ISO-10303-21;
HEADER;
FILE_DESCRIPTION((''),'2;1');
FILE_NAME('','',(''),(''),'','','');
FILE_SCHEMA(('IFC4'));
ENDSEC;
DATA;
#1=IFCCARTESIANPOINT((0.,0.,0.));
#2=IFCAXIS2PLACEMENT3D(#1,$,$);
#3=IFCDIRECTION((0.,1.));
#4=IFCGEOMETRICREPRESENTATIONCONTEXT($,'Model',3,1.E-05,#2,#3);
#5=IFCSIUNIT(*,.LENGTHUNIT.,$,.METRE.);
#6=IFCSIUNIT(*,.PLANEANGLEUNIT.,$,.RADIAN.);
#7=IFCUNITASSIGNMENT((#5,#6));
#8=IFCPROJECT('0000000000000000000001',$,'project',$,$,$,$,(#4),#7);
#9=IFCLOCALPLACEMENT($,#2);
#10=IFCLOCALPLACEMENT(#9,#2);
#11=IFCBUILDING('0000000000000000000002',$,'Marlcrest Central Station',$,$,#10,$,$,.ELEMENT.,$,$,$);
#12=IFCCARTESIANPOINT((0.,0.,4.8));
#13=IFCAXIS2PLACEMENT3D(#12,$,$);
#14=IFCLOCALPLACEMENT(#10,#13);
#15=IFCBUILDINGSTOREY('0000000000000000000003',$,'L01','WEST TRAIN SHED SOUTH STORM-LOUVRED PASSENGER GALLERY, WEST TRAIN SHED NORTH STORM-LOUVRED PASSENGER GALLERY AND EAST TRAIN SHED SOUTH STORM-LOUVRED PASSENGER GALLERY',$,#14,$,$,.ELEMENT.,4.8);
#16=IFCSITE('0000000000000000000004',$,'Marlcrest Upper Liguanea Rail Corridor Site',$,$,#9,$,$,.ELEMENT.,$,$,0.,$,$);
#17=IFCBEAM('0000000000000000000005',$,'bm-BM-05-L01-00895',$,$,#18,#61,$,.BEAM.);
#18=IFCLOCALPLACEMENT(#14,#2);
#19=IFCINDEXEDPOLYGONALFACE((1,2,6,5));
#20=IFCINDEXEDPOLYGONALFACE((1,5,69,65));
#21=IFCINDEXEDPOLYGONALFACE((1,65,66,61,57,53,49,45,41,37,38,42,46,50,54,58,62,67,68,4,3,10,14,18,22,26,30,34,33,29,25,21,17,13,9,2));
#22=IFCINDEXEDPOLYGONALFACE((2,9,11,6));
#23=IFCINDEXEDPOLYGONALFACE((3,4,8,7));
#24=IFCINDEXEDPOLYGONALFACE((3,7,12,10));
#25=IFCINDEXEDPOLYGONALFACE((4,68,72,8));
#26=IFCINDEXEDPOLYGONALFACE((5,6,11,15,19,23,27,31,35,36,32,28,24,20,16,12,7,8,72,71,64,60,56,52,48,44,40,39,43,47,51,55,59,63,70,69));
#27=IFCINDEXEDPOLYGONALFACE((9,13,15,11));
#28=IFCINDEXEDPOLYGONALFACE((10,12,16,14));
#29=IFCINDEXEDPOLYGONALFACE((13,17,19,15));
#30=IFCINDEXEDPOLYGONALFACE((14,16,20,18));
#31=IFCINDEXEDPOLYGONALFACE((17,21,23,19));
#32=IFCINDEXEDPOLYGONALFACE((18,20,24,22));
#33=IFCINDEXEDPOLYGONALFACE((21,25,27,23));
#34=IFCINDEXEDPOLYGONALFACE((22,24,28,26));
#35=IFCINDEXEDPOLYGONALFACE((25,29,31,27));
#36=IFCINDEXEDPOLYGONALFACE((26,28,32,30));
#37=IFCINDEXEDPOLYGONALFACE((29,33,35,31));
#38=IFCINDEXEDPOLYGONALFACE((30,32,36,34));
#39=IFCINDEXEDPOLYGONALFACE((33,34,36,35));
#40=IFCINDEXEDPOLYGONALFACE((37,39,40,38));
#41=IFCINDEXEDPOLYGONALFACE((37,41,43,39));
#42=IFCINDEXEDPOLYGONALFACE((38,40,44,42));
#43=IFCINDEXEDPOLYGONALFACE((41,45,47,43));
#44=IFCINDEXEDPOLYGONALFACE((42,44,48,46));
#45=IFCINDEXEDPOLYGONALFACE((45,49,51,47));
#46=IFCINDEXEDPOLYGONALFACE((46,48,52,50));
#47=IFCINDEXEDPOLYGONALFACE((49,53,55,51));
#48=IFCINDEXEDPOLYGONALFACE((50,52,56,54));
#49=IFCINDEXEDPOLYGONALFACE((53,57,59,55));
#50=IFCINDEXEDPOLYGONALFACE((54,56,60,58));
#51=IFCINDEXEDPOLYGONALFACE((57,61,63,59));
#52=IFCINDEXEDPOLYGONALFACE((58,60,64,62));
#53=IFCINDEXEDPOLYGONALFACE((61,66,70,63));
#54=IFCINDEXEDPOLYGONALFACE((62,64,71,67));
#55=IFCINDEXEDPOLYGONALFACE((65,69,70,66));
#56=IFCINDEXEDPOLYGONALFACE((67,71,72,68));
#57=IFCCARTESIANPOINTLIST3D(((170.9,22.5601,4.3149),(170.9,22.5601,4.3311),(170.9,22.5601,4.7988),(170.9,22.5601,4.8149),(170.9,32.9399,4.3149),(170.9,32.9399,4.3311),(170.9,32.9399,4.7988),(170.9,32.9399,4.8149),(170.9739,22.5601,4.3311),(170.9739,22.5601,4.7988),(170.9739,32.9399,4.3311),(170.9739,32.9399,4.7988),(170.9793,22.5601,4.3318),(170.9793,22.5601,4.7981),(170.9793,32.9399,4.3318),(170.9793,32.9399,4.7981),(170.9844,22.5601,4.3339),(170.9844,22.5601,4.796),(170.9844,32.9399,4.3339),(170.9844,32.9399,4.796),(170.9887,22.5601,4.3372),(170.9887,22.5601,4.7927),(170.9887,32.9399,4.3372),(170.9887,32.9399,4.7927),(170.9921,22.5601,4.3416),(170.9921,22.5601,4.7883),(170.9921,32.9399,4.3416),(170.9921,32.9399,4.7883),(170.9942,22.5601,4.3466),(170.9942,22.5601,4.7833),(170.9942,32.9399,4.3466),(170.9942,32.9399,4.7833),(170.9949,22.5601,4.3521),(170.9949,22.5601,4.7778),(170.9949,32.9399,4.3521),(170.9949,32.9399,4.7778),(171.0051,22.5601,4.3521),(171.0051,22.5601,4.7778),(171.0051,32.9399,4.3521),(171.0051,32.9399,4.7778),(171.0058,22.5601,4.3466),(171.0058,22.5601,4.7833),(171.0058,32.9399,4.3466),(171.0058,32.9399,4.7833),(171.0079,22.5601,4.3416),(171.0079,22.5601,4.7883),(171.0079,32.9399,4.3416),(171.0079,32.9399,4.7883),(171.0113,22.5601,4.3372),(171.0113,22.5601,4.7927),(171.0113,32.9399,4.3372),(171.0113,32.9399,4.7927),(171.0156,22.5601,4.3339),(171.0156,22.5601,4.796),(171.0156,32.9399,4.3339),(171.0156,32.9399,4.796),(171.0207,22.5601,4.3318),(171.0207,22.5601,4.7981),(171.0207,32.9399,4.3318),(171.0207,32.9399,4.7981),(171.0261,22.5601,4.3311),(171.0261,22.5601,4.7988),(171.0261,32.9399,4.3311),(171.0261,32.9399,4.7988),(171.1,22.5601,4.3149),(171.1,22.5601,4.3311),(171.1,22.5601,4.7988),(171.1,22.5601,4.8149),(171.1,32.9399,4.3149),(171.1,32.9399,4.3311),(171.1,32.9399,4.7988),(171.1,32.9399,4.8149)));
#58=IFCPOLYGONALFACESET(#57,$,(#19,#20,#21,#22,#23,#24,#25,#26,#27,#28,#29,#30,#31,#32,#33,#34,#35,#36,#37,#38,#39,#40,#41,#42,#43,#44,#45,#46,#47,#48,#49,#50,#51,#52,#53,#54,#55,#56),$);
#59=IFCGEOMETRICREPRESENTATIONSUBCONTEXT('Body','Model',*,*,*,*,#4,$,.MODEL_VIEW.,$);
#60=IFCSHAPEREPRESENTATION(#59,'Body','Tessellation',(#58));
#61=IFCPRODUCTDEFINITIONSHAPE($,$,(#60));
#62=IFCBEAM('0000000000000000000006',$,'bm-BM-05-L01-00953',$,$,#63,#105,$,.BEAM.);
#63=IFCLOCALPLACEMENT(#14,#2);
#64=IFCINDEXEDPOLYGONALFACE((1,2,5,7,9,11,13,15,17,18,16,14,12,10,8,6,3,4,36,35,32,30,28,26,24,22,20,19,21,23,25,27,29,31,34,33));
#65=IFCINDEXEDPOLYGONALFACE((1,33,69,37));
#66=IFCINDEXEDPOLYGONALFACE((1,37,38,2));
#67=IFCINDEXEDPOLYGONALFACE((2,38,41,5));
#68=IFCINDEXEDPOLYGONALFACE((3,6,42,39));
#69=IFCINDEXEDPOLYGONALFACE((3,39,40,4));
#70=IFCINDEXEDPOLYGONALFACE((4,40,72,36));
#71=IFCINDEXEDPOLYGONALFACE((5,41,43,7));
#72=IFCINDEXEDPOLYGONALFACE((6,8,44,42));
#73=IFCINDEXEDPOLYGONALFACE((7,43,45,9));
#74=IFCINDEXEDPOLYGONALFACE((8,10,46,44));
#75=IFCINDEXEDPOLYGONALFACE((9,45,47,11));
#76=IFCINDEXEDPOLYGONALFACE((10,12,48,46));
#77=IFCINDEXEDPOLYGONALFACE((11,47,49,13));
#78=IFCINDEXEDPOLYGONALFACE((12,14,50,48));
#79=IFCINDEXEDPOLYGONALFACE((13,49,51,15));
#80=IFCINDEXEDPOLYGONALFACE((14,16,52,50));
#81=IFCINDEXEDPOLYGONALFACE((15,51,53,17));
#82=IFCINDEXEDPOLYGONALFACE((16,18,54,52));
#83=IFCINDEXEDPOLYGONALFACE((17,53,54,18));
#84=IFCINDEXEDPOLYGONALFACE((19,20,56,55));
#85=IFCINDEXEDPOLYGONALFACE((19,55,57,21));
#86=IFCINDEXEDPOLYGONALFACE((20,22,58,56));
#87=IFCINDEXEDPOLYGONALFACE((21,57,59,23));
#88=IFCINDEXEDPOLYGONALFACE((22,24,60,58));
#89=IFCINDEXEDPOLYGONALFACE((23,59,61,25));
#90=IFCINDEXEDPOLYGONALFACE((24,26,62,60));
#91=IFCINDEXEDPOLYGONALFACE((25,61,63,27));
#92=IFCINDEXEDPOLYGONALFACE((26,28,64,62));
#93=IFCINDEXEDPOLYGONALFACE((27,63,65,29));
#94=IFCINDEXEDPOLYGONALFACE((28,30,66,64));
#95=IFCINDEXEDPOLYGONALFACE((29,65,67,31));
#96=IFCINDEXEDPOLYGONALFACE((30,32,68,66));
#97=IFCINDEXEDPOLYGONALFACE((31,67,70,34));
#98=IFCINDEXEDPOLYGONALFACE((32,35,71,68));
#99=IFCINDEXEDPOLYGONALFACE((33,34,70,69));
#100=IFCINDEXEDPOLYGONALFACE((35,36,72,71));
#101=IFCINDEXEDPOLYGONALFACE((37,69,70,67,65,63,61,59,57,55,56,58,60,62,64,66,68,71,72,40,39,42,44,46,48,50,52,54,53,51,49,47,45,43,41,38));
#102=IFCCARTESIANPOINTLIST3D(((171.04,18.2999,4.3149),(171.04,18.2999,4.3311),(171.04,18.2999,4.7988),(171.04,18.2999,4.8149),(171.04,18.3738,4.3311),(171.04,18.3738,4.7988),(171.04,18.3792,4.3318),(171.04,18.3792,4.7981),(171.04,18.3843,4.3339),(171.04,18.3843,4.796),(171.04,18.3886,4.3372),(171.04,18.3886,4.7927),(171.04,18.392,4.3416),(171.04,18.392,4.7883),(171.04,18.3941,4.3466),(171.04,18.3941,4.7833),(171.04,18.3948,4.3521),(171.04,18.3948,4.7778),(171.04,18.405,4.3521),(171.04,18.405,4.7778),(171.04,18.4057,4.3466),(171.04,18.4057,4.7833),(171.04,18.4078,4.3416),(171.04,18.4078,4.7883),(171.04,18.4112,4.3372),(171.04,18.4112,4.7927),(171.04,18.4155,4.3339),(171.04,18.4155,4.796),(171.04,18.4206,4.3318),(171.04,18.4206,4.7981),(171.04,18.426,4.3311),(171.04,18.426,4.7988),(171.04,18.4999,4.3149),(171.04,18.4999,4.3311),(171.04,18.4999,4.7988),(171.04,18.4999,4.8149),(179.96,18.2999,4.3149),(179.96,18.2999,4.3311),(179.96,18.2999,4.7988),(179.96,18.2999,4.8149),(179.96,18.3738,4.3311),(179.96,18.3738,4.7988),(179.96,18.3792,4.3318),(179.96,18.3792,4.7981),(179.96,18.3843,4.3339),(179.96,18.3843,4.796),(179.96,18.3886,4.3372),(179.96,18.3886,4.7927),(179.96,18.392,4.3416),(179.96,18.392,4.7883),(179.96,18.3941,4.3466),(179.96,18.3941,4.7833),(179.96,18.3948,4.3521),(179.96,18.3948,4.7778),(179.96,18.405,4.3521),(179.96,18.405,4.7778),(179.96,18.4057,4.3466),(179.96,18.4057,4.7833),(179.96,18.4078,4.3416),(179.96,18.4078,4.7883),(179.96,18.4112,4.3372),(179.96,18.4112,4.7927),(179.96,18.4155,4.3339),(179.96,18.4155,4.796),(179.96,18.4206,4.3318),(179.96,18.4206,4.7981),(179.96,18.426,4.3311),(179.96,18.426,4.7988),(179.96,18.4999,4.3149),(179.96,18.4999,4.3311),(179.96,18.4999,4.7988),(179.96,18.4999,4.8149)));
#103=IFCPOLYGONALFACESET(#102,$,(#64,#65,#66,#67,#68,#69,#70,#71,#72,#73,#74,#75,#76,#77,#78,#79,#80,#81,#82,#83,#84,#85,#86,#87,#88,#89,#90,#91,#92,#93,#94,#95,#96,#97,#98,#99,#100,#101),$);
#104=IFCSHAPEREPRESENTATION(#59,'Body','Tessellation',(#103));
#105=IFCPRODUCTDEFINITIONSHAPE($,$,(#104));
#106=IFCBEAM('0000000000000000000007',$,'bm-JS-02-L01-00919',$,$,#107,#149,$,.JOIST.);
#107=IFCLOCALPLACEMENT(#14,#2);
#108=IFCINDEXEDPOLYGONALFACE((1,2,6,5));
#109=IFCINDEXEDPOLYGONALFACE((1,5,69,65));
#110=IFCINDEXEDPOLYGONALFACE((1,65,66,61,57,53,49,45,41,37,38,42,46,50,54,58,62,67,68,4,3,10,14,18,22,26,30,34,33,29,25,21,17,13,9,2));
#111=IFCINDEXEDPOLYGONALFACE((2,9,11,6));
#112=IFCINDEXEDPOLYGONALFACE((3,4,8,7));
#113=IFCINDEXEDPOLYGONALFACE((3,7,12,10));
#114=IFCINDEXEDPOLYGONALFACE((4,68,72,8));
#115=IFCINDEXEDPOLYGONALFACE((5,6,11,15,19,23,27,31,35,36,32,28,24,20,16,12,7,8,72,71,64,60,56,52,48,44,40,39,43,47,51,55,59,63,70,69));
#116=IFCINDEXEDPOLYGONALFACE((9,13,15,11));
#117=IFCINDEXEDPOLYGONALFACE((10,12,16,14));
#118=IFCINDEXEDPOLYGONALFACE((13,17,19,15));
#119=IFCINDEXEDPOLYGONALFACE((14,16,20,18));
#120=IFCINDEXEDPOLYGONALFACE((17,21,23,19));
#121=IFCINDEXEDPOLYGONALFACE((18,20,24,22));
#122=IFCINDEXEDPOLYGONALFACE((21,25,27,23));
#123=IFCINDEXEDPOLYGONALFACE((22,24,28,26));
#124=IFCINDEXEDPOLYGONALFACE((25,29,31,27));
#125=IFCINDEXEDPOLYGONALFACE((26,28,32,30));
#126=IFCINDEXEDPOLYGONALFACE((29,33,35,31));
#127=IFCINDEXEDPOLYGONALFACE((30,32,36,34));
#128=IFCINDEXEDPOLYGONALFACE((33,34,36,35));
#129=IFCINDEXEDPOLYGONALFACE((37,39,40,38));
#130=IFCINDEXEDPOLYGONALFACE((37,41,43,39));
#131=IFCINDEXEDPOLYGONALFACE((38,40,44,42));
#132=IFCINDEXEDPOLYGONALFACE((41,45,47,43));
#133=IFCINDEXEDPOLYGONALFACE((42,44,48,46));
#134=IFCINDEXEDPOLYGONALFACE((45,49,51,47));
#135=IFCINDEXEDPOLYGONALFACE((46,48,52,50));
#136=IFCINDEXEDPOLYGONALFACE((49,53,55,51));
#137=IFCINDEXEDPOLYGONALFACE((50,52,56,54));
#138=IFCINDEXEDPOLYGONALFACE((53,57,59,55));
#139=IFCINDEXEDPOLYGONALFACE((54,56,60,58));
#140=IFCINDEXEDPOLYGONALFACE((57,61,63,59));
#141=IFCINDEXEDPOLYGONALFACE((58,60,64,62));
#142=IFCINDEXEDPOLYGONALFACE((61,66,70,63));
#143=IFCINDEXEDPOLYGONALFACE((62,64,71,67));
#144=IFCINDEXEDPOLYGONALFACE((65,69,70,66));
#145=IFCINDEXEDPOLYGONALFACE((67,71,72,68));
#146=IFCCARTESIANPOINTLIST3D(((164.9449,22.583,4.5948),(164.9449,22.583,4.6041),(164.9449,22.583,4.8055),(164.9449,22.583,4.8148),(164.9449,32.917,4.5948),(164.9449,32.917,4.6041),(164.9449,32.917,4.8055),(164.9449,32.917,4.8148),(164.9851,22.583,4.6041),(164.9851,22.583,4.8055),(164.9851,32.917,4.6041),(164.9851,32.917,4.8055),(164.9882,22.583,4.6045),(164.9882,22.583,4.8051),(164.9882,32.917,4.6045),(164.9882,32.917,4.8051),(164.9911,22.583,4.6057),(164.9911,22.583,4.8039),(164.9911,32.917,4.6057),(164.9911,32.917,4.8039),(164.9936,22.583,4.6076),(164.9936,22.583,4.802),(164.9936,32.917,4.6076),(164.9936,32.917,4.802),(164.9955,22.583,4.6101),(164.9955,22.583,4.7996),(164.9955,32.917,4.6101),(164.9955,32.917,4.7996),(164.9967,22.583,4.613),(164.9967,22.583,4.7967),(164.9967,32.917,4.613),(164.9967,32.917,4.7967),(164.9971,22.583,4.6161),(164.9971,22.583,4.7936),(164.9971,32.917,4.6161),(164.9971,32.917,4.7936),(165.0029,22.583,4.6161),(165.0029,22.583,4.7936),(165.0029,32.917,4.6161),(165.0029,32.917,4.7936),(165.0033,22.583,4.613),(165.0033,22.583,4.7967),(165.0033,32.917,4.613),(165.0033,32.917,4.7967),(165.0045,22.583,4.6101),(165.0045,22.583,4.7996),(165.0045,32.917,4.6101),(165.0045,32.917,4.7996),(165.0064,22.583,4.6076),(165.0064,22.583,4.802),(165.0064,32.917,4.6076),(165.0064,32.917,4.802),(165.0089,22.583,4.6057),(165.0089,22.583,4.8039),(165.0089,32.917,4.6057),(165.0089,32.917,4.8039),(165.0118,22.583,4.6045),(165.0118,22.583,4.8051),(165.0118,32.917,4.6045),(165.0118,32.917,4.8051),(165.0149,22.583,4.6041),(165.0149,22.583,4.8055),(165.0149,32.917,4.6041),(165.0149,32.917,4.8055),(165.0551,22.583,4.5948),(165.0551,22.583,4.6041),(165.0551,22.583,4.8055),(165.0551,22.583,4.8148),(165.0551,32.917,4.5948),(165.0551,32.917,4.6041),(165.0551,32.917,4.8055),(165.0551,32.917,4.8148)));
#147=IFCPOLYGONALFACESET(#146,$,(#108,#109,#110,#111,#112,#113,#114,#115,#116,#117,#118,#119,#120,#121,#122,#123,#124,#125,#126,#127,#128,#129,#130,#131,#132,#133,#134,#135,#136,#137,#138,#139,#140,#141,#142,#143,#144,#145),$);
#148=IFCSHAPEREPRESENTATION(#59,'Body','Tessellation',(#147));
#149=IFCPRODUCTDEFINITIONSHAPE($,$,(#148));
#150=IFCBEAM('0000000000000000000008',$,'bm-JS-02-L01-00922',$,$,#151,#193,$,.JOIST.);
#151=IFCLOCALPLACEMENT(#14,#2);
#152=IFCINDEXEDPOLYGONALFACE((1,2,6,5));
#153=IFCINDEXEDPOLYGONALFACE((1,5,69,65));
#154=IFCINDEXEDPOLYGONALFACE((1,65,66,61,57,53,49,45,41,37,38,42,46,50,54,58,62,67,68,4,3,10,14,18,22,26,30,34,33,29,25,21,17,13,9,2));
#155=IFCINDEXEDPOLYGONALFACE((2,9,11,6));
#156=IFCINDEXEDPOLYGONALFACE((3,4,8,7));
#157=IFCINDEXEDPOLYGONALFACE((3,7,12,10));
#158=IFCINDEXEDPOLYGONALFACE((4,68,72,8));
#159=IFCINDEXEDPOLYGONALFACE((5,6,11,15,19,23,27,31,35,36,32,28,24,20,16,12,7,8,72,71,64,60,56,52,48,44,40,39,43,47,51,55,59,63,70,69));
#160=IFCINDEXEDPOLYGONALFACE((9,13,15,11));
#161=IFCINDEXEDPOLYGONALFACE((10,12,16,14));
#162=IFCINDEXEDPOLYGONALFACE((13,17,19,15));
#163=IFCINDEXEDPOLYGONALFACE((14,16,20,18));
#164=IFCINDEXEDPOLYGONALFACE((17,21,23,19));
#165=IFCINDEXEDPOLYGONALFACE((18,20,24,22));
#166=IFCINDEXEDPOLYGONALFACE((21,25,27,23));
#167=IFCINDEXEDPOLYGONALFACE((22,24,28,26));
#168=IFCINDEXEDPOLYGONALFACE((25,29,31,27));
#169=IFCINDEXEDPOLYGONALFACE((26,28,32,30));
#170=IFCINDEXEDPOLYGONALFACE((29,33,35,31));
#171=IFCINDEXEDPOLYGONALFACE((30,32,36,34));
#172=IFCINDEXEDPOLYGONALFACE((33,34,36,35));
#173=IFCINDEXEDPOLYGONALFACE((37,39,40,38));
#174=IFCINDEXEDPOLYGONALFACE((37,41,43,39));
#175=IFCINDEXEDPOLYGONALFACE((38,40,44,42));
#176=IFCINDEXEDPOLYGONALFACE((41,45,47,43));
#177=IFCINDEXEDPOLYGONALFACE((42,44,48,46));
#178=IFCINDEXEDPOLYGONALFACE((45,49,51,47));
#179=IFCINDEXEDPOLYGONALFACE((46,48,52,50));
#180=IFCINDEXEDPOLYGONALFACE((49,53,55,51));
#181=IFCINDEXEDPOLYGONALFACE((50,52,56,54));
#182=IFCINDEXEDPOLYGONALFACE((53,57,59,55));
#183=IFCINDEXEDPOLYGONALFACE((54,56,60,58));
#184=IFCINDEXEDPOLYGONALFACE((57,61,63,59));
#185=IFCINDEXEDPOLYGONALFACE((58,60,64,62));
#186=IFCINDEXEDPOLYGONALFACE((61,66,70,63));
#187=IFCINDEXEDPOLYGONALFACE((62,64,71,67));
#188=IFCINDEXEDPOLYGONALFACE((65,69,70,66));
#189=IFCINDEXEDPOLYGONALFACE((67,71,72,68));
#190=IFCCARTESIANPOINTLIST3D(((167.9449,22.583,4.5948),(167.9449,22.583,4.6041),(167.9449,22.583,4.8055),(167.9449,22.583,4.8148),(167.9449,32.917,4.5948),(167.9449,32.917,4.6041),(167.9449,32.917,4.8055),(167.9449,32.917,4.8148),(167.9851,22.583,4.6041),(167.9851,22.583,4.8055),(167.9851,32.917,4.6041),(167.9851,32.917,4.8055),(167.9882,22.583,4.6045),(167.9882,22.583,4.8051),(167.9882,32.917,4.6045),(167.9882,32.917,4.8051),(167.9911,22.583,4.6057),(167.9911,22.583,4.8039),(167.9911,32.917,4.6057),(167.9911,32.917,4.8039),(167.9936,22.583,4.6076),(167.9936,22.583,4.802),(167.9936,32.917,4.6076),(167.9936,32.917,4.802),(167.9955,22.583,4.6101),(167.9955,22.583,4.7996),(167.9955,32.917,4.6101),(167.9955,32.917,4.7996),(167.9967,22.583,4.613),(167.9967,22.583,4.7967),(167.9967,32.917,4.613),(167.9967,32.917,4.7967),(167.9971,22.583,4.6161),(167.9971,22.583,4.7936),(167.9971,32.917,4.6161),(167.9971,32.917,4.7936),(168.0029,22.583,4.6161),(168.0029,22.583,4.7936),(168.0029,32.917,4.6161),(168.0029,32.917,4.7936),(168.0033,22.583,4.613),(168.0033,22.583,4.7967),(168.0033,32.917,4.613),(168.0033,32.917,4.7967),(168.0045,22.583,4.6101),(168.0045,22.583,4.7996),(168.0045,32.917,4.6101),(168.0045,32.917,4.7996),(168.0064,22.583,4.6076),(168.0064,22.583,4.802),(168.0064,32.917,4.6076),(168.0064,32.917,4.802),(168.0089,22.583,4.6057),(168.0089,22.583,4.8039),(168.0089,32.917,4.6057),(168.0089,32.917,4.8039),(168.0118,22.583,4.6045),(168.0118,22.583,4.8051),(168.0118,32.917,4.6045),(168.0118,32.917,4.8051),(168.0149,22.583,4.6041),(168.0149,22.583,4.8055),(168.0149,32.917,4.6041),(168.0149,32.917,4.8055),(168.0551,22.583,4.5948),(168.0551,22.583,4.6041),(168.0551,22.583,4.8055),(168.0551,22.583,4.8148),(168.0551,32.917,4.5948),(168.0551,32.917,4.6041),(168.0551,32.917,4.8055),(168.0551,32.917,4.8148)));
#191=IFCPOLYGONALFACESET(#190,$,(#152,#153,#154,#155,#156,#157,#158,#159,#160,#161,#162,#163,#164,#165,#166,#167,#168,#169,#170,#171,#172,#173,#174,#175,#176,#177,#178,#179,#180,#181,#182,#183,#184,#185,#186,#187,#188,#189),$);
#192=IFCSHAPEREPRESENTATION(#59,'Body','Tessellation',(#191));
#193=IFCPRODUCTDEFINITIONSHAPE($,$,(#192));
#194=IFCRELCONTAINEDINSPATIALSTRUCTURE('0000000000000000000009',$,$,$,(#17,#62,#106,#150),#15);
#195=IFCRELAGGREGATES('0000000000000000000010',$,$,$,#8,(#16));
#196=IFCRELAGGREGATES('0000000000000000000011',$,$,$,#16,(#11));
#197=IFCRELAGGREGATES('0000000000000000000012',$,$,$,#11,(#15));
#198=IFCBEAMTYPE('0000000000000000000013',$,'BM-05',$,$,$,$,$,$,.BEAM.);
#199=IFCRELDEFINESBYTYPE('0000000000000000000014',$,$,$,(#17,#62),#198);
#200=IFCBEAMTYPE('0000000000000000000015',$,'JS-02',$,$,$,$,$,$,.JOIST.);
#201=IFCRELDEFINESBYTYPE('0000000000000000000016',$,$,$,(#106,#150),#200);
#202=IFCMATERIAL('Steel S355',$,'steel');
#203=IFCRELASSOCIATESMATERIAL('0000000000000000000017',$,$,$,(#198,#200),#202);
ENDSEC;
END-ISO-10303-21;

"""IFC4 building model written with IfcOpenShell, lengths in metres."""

from ifc_helpers import new_model, si_unit, direction, frame, origin, origin_2d, place, context, subcontext, project, spatial, i_section, extrude, material, material_profile, profile_set, type_object, element, save


model = new_model("IFC4")

# Units and contexts
model_context = context("Model", 3, precision=1e-05, world=origin(), true_north=direction((0.0, 1.0)))
body_context = subcontext(model_context, "Body", "Model", "MODEL_VIEW")
ifc_project = project(units=[si_unit("LENGTHUNIT", "METRE"), si_unit("PLANEANGLEUNIT", "RADIAN")], contexts=[model_context])

# Site, building, storey
site_placement = place(None, origin())
site = spatial("IfcSite", under=ifc_project, at=site_placement, Name="Marlcrest Upper Liguanea Rail Corridor Site", CompositionType="ELEMENT", RefElevation=0.0)
building_placement = place(site_placement, origin())
building = spatial("IfcBuilding", under=site, at=building_placement, Name="Marlcrest Central Station", CompositionType="ELEMENT")
storey_placement = place(building_placement, frame((0.0, 0.0, 4.8)))
storey = spatial("IfcBuildingStorey", under=building, at=storey_placement, Name="L01", Description="WEST TRAIN SHED SOUTH STORM-LOUVRED PASSENGER GALLERY, WEST TRAIN SHED NORTH STORM-LOUVRED PASSENGER GALLERY AND EAST TRAIN SHED SOUTH STORM-LOUVRED PASSENGER GALLERY", CompositionType="ELEMENT", Elevation=4.8)

# Beams
ifc_material_1 = material(Name="Steel S355", Category="steel")
ifc_material_profile_1 = material_profile(ifc_material_1, i_section(OverallWidth=0.2, OverallDepth=0.5, WebThickness=0.0103, FlangeThickness=0.0161, FilletRadius=0.021, at=origin_2d()), Name="IPE 500")
ifc_profile_set_1 = profile_set([ifc_material_profile_1], Name="Steel S355")
beam_type_1 = type_object("IfcBeamType", Name="BM-05", PredefinedType="BEAM", material=ifc_profile_set_1)
for number, where, z_axis, x_axis, name in (
    (1, (171.0, 22.5601, 4.5649), (0.0, 1.0, 0.0), (-1.0, 0.0, 0.0), "bm-BM-05-L01-00895"),
):
    element("IfcBeam", number, at=place(storey_placement, frame(where, z_axis=z_axis, x_axis=x_axis)), inside=storey, type_object=beam_type_1, Name=name, PredefinedType="BEAM", context=body_context, shape_type="SweptSolid", body=[
        extrude(i_section(OverallWidth=0.2, OverallDepth=0.5, WebThickness=0.0103, FlangeThickness=0.0161, FilletRadius=0.021, at=origin_2d()), origin(), (0.0, 0.0, 1.0), 10.3799),
    ])
beam_placement = place(storey_placement, frame((171.04, 18.3999, 4.5649), z_axis=(1.0, 0.0, 0.0), x_axis=(0.0, 1.0, 0.0)))
element("IfcBeam", 2, at=beam_placement, inside=storey, type_object=beam_type_1, Name="bm-BM-05-L01-00953", PredefinedType="BEAM", context=body_context, shape_type="SweptSolid", body=[
    extrude(i_section(OverallWidth=0.2, OverallDepth=0.5, WebThickness=0.0103, FlangeThickness=0.0161, FilletRadius=0.021, at=origin_2d()), origin(), (0.0, 0.0, 1.0), 8.9199),
])
ifc_material_profile_2 = material_profile(ifc_material_1, i_section(OverallWidth=0.1101, OverallDepth=0.22, WebThickness=0.0059, FlangeThickness=0.0093, FilletRadius=0.012, at=origin_2d()), Name="IPE 220")
ifc_profile_set_2 = profile_set([ifc_material_profile_2], Name="Steel S355")
beam_type_2 = type_object("IfcBeamType", Name="JS-02", PredefinedType="JOIST", material=ifc_profile_set_2)
for number, where, z_axis, x_axis, name in (
    (3, (165.0, 22.583, 4.7048), (0.0, 1.0, 0.0), (-1.0, 0.0, 0.0), "bm-JS-02-L01-00919"),
    (4, (168.0, 22.583, 4.7048), (0.0, 1.0, 0.0), (-1.0, 0.0, 0.0), "bm-JS-02-L01-00922"),
):
    element("IfcBeam", number, at=place(storey_placement, frame(where, z_axis=z_axis, x_axis=x_axis)), inside=storey, type_object=beam_type_2, Name=name, PredefinedType="JOIST", context=body_context, shape_type="SweptSolid", body=[
        extrude(i_section(OverallWidth=0.1101, OverallDepth=0.22, WebThickness=0.0059, FlangeThickness=0.0093, FilletRadius=0.012, at=origin_2d()), origin(), (0.0, 0.0, 1.0), 10.334),
    ])

save(model, "model.ifc")
